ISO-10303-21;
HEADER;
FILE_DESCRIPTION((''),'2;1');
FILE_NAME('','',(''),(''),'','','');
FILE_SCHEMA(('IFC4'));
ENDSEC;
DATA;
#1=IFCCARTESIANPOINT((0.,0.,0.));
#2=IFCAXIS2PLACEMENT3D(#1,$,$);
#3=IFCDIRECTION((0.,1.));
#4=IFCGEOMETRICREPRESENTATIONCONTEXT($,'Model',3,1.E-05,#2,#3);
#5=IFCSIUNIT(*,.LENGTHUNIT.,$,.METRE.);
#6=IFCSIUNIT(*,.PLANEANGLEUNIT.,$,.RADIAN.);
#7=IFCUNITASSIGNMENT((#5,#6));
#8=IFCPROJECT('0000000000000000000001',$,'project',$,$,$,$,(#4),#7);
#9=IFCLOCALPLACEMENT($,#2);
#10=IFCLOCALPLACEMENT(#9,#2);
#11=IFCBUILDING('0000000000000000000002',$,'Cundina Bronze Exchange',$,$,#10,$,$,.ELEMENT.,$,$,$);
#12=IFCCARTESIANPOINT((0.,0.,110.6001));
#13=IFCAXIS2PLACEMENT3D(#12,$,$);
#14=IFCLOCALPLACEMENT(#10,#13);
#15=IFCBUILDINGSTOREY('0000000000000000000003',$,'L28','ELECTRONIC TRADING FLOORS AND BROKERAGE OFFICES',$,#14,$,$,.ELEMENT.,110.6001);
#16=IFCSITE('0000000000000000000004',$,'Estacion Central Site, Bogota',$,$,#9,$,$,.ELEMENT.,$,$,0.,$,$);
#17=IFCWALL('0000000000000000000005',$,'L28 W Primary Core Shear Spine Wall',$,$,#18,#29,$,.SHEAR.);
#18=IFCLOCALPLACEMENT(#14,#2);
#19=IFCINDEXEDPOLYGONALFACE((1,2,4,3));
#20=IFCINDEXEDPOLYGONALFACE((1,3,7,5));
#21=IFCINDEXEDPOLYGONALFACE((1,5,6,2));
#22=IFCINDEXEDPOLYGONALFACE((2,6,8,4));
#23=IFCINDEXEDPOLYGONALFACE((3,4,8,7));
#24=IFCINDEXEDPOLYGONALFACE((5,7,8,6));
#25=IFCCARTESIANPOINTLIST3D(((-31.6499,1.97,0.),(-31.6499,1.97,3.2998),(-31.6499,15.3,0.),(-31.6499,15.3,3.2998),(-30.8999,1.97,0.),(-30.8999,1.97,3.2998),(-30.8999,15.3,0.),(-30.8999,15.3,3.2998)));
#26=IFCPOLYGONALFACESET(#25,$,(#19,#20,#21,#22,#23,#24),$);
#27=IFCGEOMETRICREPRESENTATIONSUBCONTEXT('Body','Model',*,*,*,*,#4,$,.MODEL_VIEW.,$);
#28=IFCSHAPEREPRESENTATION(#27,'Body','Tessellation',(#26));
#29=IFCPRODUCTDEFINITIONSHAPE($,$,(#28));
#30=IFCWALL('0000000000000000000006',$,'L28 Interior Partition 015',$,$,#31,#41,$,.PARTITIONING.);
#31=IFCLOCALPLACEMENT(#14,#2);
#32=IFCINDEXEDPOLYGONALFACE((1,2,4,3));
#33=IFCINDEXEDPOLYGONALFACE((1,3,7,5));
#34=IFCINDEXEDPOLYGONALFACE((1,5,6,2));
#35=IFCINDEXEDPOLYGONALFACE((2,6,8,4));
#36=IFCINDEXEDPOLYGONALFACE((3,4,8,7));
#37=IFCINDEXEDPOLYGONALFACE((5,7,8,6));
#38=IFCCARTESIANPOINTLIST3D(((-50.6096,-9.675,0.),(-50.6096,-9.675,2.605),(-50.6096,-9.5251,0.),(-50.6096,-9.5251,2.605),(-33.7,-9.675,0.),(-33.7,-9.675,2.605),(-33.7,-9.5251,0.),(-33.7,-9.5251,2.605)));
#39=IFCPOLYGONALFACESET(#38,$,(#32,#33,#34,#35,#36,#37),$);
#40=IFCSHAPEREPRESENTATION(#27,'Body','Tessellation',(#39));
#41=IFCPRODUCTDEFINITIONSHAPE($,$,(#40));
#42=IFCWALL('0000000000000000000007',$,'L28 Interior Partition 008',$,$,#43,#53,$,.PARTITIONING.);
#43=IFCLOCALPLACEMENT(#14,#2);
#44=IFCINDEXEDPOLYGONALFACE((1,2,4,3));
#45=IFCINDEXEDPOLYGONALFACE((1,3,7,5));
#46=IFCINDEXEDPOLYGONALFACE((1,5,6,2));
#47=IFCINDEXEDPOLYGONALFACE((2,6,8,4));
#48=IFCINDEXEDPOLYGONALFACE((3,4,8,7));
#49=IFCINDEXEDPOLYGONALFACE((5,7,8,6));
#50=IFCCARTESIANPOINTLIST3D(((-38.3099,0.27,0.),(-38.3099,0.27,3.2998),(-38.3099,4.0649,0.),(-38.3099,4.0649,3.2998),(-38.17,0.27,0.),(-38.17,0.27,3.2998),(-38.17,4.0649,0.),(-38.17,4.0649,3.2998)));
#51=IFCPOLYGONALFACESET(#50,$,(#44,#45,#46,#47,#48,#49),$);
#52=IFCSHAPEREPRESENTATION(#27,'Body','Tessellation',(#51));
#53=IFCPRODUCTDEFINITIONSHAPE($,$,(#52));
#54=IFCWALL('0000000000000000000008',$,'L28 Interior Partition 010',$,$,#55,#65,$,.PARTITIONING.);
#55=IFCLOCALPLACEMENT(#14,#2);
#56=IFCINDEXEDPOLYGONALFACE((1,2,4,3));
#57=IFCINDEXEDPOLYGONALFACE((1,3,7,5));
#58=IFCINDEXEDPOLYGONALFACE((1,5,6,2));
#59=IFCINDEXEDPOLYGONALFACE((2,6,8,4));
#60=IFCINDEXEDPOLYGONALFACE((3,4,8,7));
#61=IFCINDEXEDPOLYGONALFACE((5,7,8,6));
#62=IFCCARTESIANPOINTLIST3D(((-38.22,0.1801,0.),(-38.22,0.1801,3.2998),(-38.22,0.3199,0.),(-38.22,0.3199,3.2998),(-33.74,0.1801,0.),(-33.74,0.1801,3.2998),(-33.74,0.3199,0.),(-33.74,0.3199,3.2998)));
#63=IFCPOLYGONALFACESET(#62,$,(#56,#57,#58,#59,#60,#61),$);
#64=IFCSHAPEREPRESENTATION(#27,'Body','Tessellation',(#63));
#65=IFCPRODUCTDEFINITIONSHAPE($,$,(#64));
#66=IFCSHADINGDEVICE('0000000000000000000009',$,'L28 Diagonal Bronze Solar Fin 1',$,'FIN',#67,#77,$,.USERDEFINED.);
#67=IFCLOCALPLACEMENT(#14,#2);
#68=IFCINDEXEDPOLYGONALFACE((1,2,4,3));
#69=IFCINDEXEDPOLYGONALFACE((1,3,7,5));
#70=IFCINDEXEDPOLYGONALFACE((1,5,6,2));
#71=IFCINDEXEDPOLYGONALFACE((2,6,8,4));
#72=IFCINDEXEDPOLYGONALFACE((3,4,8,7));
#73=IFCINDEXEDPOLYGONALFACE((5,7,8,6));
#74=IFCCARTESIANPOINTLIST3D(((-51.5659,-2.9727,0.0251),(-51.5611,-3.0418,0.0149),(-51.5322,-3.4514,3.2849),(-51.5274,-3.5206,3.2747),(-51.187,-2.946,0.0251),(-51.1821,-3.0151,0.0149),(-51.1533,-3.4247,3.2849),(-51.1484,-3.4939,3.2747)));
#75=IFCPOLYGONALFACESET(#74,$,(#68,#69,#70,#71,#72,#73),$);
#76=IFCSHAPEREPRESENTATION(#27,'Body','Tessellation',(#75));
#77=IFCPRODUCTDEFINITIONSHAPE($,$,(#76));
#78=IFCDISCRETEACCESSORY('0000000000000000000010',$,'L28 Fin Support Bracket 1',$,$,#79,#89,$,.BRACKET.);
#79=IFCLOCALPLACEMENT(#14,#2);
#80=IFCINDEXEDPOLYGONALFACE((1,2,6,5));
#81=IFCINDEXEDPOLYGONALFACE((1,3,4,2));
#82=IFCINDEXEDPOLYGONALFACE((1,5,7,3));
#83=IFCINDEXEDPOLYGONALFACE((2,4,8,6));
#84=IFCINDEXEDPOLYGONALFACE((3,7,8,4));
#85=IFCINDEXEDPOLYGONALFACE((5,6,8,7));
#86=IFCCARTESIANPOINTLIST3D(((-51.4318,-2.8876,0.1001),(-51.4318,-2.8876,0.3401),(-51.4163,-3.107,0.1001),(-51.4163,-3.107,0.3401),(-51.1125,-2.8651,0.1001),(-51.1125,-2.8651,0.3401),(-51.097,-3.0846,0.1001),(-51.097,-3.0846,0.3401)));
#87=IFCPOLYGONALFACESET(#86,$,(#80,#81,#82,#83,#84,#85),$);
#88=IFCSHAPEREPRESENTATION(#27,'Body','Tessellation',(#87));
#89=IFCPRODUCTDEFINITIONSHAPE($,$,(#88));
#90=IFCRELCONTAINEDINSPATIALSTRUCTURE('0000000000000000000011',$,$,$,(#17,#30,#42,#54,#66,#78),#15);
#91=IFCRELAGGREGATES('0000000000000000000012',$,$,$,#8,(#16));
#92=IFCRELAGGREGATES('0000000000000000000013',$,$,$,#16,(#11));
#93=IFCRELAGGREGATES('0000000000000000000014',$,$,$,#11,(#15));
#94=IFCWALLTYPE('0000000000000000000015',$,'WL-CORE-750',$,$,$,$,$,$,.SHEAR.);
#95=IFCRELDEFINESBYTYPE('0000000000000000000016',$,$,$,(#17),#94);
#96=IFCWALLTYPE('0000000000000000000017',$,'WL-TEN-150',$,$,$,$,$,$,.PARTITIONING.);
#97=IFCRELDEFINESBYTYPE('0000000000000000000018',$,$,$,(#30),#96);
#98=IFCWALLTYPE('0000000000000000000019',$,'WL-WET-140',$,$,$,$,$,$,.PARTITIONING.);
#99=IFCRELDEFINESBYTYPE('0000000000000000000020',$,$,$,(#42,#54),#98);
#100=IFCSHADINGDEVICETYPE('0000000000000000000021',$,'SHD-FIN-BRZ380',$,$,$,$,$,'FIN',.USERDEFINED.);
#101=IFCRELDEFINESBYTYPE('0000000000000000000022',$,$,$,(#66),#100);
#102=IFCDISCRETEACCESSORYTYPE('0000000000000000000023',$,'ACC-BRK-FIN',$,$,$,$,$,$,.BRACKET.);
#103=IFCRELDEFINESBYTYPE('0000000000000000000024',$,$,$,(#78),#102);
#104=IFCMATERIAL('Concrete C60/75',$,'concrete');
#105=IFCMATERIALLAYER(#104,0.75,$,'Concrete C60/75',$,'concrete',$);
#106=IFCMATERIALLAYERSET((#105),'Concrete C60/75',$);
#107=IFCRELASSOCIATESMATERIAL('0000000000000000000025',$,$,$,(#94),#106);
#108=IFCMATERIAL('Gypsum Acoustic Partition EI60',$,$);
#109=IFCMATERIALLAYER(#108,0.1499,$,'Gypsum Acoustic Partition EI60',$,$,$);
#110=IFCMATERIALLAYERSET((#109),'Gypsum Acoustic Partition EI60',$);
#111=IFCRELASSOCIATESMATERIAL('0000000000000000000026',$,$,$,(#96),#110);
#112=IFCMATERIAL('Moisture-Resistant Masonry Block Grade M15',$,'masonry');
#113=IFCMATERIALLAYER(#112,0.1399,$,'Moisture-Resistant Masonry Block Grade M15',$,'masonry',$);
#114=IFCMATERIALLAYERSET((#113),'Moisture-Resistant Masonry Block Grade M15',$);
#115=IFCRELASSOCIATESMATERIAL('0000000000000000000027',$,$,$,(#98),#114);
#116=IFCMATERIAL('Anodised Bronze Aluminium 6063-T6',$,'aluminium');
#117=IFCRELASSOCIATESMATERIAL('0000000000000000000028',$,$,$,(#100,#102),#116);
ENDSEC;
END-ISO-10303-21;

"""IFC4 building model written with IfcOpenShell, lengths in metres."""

from ifc_helpers import new_model, si_unit, direction, frame, frame_2d, origin, origin_2d, place, context, subcontext, project, spatial, rectangle, extrude, material, layer, layer_set, material_profile, profile_set, type_object, element, save


model = new_model("IFC4")

# Units and contexts
model_context = context("Model", 3, precision=1e-05, world=origin(), true_north=direction((0.0, 1.0)))
body_context = subcontext(model_context, "Body", "Model", "MODEL_VIEW")
ifc_project = project(units=[si_unit("LENGTHUNIT", "METRE"), si_unit("PLANEANGLEUNIT", "RADIAN")], contexts=[model_context])

# Site, building, storey
site_placement = place(None, origin())
site = spatial("IfcSite", under=ifc_project, at=site_placement, Name="Estacion Central Site, Bogota", CompositionType="ELEMENT", RefElevation=0.0)
building_placement = place(site_placement, origin())
building = spatial("IfcBuilding", under=site, at=building_placement, Name="Cundina Bronze Exchange", CompositionType="ELEMENT")
storey_placement = place(building_placement, frame((0.0, 0.0, 110.6001)))
storey = spatial("IfcBuildingStorey", under=building, at=storey_placement, Name="L28", Description="ELECTRONIC TRADING FLOORS AND BROKERAGE OFFICES", CompositionType="ELEMENT", Elevation=110.6001)

# Shared definitions
ifc_material_1 = material(Name="Concrete C60/75", Category="concrete")

# Shared definitions
ifc_material_2 = material(Name="Anodised Bronze Aluminium 6063-T6", Category="aluminium")

# Walls
ifc_layer_1 = layer(ifc_material_1, 0.75, Name="Concrete C60/75", Category="concrete")
ifc_layer_set_1 = layer_set([ifc_layer_1], Name="Concrete C60/75")
wall_type_1 = type_object("IfcWallType", Name="WL-CORE-750", PredefinedType="SHEAR", material=ifc_layer_set_1)
wall_1_placement = place(storey_placement, frame((-31.2749, 1.97, 0.0), z_axis=(0.0, 0.0, 1.0), x_axis=(0.0, 1.0, 0.0)))
element("IfcWall", 1, at=wall_1_placement, inside=storey, type_object=wall_type_1, Name="L28 W Primary Core Shear Spine Wall", PredefinedType="SHEAR", context=body_context, shape_type="SweptSolid", body=[
    extrude(rectangle(XDim=13.3301, YDim=0.75, at=frame_2d((6.665, 0.0))), origin(), (0.0, 0.0, 1.0), 3.2998),
])
ifc_material_3 = material(Name="Gypsum Acoustic Partition EI60")
ifc_layer_2 = layer(ifc_material_3, 0.1499, Name="Gypsum Acoustic Partition EI60")
ifc_layer_set_2 = layer_set([ifc_layer_2], Name="Gypsum Acoustic Partition EI60")
wall_type_2 = type_object("IfcWallType", Name="WL-TEN-150", PredefinedType="PARTITIONING", material=ifc_layer_set_2)
wall_2_placement = place(storey_placement, frame((-50.6096, -9.6001, 0.0), z_axis=(0.0, 0.0, 1.0), x_axis=(1.0, 0.0, 0.0)))
element("IfcWall", 2, at=wall_2_placement, inside=storey, type_object=wall_type_2, Name="L28 Interior Partition 015", PredefinedType="PARTITIONING", context=body_context, shape_type="SweptSolid", body=[
    extrude(rectangle(XDim=16.9097, YDim=0.1499, at=frame_2d((8.4548, 0.0))), origin(), (0.0, 0.0, 1.0), 2.605),
])
ifc_material_4 = material(Name="Moisture-Resistant Masonry Block Grade M15", Category="masonry")
ifc_layer_3 = layer(ifc_material_4, 0.1399, Name="Moisture-Resistant Masonry Block Grade M15", Category="masonry")
ifc_layer_set_3 = layer_set([ifc_layer_3], Name="Moisture-Resistant Masonry Block Grade M15")
wall_type_3 = type_object("IfcWallType", Name="WL-WET-140", PredefinedType="PARTITIONING", material=ifc_layer_set_3)
wall_3_placement = place(storey_placement, frame((-38.24, 0.27, 0.0), z_axis=(0.0, 0.0, 1.0), x_axis=(0.0, 1.0, 0.0)))
element("IfcWall", 3, at=wall_3_placement, inside=storey, type_object=wall_type_3, Name="L28 Interior Partition 008", PredefinedType="PARTITIONING", context=body_context, shape_type="SweptSolid", body=[
    extrude(rectangle(XDim=3.7949, YDim=0.1399, at=frame_2d((1.8975, 0.0))), origin(), (0.0, 0.0, 1.0), 3.2998),
])
wall_4_placement = place(storey_placement, frame((-38.22, 0.25, 0.0), z_axis=(0.0, 0.0, 1.0), x_axis=(1.0, 0.0, 0.0)))
element("IfcWall", 4, at=wall_4_placement, inside=storey, type_object=wall_type_3, Name="L28 Interior Partition 010", PredefinedType="PARTITIONING", context=body_context, shape_type="SweptSolid", body=[
    extrude(rectangle(XDim=4.48, YDim=0.1399, at=frame_2d((2.24, 0.0))), origin(), (0.0, 0.0, 1.0), 3.2998),
])

# Shading device
ifc_material_profile_1 = material_profile(ifc_material_2, rectangle(XDim=0.0701, YDim=0.3799, at=origin_2d()), Name="FIN70X380", Category="aluminium")
ifc_profile_set_1 = profile_set([ifc_material_profile_1], Name="Anodised Bronze Aluminium 6063-T6")
shading_device_type = type_object("IfcShadingDeviceType", Name="SHD-FIN-BRZ380", ElementType="FIN", PredefinedType="USERDEFINED", material=ifc_profile_set_1)
shading_device_placement = place(storey_placement, frame((-51.374, -2.9939, 0.02), z_axis=(0.010225, -0.145303, 0.989334), x_axis=(-0.06945, 0.986894, 0.145662)))
element("IfcShadingDevice", 5, at=shading_device_placement, inside=storey, type_object=shading_device_type, Name="L28 Diagonal Bronze Solar Fin 1", ObjectType="FIN", PredefinedType="USERDEFINED", context=body_context, shape_type="SweptSolid", body=[
    extrude(rectangle(XDim=0.0701, YDim=0.3799, at=origin_2d()), origin(), (0.0, 0.0, 1.0), 3.2949),
])

# Discrete accessory
discrete_accessory_type = type_object("IfcDiscreteAccessoryType", Name="ACC-BRK-FIN", PredefinedType="BRACKET", material=ifc_material_2)
discrete_accessory_placement = place(storey_placement, frame((-51.2644, -2.9861, 0.1001), z_axis=(0.0, 0.0, 1.0), x_axis=(0.070279, -0.997527, 0.0)))
element("IfcDiscreteAccessory", 6, at=discrete_accessory_placement, inside=storey, type_object=discrete_accessory_type, Name="L28 Fin Support Bracket 1", PredefinedType="BRACKET", context=body_context, shape_type="SweptSolid", body=[
    extrude(rectangle(XDim=0.22, YDim=0.3201, at=origin_2d()), origin(), (0.0, 0.0, 1.0), 0.24),
])

save(model, "model.ifc")
